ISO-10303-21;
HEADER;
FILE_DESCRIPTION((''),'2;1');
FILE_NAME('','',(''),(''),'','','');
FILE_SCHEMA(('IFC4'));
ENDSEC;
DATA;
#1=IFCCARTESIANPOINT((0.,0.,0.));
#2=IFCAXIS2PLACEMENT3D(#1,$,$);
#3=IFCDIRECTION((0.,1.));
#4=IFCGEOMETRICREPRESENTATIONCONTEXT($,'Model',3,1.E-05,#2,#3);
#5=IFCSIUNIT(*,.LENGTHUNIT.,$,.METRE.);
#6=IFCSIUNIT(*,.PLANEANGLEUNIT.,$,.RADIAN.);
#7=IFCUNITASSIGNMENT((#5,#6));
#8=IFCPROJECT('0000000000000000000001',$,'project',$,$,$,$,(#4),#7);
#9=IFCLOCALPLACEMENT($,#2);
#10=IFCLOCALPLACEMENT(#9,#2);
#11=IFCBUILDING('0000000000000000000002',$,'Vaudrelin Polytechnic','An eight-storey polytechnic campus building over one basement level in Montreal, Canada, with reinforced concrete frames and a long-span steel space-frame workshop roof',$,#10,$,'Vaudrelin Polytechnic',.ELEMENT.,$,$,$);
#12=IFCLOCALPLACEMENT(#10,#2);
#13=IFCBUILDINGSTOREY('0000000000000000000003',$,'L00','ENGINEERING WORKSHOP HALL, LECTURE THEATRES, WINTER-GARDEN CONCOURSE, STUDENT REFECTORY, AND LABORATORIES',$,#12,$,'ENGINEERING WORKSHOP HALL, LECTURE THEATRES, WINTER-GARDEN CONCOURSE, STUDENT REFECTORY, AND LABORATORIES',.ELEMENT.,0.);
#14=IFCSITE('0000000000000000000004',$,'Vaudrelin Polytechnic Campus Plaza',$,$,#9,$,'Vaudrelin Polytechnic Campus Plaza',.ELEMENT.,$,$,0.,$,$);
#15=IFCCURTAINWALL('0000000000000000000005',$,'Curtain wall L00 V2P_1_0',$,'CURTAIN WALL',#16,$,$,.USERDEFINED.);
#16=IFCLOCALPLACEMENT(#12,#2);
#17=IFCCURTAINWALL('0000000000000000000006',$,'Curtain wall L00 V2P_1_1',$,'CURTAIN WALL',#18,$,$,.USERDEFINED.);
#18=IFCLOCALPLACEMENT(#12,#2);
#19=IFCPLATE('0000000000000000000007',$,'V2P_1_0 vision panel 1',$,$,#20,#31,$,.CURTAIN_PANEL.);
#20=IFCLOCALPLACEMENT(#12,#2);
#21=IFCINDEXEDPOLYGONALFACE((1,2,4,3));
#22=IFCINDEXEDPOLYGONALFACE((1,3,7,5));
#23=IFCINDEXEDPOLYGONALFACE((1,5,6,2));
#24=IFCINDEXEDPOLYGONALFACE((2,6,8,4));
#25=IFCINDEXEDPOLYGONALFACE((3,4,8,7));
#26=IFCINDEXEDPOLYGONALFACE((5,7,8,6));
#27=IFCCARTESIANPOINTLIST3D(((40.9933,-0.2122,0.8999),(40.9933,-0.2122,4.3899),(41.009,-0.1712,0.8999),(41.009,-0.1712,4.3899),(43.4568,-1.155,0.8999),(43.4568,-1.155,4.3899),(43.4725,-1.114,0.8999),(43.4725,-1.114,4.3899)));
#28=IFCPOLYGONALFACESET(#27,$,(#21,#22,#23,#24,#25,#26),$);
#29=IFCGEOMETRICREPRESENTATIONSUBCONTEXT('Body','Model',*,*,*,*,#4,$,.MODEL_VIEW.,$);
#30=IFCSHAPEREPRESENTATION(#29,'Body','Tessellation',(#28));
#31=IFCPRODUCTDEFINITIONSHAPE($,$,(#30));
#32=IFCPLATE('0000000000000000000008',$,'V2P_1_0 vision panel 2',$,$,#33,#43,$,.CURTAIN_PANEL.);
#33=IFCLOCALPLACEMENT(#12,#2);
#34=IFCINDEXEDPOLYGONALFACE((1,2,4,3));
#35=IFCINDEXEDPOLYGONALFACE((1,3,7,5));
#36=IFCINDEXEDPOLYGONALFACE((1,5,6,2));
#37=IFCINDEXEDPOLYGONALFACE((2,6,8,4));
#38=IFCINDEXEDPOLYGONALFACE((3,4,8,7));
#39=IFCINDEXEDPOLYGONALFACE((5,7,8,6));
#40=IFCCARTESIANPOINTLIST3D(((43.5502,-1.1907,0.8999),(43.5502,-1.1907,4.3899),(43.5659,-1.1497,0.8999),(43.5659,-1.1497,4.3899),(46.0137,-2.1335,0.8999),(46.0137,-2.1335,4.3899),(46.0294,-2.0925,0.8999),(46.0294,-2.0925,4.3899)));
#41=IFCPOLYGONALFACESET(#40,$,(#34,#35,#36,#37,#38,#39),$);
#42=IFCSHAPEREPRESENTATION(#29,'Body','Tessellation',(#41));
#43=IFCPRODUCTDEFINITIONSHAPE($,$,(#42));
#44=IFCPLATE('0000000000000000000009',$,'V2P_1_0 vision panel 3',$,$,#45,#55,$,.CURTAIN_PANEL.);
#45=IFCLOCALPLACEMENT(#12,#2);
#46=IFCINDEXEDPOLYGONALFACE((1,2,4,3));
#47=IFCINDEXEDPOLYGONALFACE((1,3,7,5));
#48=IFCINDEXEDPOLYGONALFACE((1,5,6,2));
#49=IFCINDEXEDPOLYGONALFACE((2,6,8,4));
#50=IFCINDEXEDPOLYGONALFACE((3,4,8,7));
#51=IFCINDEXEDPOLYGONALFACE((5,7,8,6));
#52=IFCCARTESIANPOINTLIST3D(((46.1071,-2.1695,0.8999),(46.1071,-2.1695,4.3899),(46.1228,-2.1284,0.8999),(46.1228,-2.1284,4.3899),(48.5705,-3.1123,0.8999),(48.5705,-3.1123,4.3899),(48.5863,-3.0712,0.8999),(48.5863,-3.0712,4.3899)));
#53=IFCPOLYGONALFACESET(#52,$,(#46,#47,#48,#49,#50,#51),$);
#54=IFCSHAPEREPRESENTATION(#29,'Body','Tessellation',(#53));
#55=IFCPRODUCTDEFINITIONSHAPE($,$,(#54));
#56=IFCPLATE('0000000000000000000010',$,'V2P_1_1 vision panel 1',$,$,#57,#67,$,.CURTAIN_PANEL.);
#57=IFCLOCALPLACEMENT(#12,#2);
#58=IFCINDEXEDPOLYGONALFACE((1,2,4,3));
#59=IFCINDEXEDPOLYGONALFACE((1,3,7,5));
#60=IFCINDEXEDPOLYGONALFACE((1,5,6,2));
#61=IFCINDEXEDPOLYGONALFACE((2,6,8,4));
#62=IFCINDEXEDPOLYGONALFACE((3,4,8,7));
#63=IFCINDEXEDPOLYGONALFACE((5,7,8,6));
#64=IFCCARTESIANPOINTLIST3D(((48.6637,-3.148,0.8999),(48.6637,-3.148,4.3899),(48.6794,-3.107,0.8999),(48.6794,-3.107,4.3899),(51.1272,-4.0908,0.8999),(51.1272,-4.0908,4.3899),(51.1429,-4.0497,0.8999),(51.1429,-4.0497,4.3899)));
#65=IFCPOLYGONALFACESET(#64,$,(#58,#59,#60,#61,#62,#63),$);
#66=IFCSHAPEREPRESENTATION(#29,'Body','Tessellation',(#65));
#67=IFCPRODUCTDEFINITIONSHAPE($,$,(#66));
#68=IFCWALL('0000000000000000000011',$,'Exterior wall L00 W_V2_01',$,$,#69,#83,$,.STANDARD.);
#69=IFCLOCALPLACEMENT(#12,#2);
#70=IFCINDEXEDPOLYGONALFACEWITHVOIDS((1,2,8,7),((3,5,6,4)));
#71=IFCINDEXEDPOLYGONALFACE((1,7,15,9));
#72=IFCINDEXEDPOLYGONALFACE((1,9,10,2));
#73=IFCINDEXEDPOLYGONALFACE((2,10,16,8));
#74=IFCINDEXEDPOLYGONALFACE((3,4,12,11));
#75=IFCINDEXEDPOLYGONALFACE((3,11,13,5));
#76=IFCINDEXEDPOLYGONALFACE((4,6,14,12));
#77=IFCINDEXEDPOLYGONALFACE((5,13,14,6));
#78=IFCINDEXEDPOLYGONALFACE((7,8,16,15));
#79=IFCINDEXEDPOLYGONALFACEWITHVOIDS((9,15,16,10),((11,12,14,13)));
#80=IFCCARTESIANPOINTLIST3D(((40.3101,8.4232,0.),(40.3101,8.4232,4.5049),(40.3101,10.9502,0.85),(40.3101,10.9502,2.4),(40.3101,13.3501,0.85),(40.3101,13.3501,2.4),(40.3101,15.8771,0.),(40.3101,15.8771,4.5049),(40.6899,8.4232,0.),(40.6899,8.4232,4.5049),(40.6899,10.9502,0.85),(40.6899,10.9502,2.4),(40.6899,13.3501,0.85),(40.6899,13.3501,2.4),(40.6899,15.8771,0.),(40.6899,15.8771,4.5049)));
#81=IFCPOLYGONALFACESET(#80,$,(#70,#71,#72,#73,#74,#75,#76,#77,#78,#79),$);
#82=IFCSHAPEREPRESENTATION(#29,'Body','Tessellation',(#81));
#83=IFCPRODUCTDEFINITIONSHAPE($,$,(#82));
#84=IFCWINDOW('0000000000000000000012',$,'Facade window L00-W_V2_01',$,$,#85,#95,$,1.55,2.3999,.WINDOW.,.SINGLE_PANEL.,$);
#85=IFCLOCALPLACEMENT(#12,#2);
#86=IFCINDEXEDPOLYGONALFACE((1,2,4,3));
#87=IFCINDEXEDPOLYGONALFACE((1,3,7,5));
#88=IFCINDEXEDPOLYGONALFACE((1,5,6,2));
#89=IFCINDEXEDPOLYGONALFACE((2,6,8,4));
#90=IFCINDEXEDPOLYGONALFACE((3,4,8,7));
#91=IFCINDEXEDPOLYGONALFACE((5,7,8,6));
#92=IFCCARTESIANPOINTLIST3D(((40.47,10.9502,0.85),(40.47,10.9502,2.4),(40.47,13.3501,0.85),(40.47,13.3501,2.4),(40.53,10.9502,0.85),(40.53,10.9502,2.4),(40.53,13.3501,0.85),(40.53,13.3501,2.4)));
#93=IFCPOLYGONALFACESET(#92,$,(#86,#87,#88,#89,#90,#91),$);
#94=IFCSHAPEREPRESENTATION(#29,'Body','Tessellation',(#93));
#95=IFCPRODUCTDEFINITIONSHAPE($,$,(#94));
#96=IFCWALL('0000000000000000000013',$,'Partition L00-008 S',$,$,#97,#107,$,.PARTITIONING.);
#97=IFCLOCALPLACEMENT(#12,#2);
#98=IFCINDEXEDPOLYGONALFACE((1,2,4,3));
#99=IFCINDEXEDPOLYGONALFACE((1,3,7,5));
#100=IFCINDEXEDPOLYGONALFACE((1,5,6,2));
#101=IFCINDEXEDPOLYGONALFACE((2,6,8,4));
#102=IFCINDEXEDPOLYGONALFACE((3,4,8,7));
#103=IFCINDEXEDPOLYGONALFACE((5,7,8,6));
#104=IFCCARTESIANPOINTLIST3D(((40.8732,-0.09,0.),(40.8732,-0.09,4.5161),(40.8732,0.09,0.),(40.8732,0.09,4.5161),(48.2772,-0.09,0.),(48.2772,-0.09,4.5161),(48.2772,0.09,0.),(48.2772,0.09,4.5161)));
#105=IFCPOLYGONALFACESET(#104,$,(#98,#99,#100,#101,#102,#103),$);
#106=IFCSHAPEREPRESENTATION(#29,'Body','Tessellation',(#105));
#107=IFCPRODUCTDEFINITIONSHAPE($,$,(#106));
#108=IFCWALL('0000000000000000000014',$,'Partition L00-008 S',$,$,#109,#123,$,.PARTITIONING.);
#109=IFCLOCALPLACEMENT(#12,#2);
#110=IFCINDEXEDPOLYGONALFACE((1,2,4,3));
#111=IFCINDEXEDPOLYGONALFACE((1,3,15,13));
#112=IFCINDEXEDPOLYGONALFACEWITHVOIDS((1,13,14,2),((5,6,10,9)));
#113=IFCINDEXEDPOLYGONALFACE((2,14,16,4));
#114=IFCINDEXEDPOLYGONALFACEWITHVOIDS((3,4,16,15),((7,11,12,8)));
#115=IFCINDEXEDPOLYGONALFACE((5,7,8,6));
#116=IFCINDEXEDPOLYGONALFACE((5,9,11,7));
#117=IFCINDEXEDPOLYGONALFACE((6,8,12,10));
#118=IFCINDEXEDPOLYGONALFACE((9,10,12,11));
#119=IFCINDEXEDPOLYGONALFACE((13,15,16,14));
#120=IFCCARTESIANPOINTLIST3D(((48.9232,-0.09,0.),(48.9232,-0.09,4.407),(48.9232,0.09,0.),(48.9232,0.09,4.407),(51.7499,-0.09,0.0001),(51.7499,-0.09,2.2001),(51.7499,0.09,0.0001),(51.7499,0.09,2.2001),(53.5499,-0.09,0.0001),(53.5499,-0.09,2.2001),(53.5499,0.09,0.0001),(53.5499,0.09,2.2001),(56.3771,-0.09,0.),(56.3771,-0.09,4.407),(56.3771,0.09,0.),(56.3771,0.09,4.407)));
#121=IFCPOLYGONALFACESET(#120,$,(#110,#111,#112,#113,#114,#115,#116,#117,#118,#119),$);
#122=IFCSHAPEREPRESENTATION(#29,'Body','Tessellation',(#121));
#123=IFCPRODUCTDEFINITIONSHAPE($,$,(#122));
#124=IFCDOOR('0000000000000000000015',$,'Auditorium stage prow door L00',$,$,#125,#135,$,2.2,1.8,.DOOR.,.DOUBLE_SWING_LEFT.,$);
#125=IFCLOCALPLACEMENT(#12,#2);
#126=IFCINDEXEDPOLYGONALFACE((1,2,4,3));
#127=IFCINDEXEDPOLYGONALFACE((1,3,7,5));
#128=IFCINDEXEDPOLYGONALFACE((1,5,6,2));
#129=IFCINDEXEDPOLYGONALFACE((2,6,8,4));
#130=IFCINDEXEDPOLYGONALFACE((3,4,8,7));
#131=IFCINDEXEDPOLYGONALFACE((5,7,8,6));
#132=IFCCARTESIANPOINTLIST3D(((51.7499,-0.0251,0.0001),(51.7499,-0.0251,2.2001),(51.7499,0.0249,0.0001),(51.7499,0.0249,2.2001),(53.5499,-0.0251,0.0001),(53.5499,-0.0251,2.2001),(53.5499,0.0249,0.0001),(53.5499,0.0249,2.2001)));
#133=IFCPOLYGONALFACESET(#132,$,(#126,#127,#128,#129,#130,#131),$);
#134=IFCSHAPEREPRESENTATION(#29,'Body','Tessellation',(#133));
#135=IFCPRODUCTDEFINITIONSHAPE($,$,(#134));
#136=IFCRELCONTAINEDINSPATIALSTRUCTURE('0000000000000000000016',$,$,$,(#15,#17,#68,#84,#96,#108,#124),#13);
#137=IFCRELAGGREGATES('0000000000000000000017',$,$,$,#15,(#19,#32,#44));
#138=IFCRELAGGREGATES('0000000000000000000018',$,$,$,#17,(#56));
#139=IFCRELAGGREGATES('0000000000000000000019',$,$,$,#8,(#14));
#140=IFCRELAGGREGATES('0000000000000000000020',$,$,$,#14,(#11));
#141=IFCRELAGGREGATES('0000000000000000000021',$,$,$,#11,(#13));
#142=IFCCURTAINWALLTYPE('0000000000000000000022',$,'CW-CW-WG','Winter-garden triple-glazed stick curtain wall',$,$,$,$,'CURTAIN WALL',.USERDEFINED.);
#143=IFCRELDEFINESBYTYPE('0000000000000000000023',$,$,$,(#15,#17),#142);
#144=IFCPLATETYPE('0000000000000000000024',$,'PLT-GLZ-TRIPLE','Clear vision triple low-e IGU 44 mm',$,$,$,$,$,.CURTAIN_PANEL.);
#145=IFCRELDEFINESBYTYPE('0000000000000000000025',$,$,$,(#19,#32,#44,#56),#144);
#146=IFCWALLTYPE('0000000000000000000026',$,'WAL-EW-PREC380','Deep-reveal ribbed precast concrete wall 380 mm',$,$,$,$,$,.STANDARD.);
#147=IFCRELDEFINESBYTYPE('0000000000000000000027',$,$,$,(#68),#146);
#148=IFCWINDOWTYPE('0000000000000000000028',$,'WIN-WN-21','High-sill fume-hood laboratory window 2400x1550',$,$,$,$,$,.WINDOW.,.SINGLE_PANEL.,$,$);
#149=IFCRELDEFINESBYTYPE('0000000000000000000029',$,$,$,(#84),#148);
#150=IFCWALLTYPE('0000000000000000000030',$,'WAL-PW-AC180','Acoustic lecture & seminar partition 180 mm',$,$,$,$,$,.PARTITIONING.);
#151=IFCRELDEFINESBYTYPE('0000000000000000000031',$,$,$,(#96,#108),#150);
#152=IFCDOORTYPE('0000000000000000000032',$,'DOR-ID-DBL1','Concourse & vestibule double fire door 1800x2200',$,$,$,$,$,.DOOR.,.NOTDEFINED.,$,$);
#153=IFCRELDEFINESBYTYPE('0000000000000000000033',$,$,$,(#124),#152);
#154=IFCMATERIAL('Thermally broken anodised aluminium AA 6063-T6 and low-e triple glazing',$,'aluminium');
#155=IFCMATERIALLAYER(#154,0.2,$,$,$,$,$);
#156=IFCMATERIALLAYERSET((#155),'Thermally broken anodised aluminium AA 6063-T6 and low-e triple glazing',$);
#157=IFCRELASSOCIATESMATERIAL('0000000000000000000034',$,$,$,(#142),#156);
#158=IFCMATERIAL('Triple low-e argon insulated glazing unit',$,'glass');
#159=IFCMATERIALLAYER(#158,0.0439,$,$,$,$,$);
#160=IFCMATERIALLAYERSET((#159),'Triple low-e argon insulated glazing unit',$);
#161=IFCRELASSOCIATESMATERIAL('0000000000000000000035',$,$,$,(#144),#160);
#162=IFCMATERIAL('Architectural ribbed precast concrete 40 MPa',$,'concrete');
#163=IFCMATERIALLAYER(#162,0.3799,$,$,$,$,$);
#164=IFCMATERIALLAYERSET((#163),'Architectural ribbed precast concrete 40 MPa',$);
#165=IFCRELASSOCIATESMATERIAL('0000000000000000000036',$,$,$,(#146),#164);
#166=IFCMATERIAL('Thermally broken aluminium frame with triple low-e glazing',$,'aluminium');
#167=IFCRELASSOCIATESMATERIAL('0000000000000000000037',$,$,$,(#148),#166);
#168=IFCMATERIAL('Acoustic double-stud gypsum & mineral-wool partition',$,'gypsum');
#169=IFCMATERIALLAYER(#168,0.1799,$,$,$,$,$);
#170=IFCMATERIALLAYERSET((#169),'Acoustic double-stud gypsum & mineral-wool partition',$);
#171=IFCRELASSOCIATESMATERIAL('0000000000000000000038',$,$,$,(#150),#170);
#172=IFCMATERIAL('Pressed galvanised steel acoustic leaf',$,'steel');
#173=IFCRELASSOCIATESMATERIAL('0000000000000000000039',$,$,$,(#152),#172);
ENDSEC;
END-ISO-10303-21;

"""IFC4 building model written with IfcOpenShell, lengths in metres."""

from ifc_helpers import new_model, si_unit, direction, frame, frame_2d, origin, origin_2d, place, context, subcontext, project, spatial, rectangle, extrude, material, layer, layer_set, type_object, element, fill, aggregate, save


model = new_model("IFC4")

# Units and contexts
model_context = context("Model", 3, precision=1e-05, world=origin(), true_north=direction((0.0, 1.0)))
body_context = subcontext(model_context, "Body", "Model", "MODEL_VIEW")
ifc_project = project(units=[si_unit("LENGTHUNIT", "METRE"), si_unit("PLANEANGLEUNIT", "RADIAN")], contexts=[model_context])

# Site, building, storey
site_placement = place(None, origin())
site = spatial("IfcSite", under=ifc_project, at=site_placement, Name="Vaudrelin Polytechnic Campus Plaza", LongName="Vaudrelin Polytechnic Campus Plaza", CompositionType="ELEMENT", RefElevation=0.0)
building_placement = place(site_placement, origin())
building = spatial("IfcBuilding", under=site, at=building_placement, Name="Vaudrelin Polytechnic", Description="An eight-storey polytechnic campus building over one basement level in Montreal, Canada, with reinforced concrete frames and a long-span steel space-frame workshop roof", LongName="Vaudrelin Polytechnic", CompositionType="ELEMENT")
storey_placement = place(building_placement, origin())
storey = spatial("IfcBuildingStorey", under=building, at=storey_placement, Name="L00", Description="ENGINEERING WORKSHOP HALL, LECTURE THEATRES, WINTER-GARDEN CONCOURSE, STUDENT REFECTORY, AND LABORATORIES", LongName="ENGINEERING WORKSHOP HALL, LECTURE THEATRES, WINTER-GARDEN CONCOURSE, STUDENT REFECTORY, AND LABORATORIES", CompositionType="ELEMENT", Elevation=0.0)

# Curtain wall
ifc_material_1 = material(Name="Thermally broken anodised aluminium AA 6063-T6 and low-e triple glazing", Category="aluminium")
ifc_layer_1 = layer(ifc_material_1, 0.2)
ifc_layer_set_1 = layer_set([ifc_layer_1], Name="Thermally broken anodised aluminium AA 6063-T6 and low-e triple glazing")
curtain_wall_type = type_object("IfcCurtainWallType", Name="CW-CW-WG", Description="Winter-garden triple-glazed stick curtain wall", ElementType="CURTAIN WALL", PredefinedType="USERDEFINED", material=ifc_layer_set_1)
curtain_wall_1_placement = place(storey_placement, origin())
curtain_wall_1 = element("IfcCurtainWall", 1, at=curtain_wall_1_placement, inside=storey, type_object=curtain_wall_type, Name="Curtain wall L00 V2P_1_0", ObjectType="CURTAIN WALL", PredefinedType="USERDEFINED")

# Curtain wall
curtain_wall_2_placement = place(storey_placement, origin())
curtain_wall_2 = element("IfcCurtainWall", 2, at=curtain_wall_2_placement, inside=storey, type_object=curtain_wall_type, Name="Curtain wall L00 V2P_1_1", ObjectType="CURTAIN WALL", PredefinedType="USERDEFINED")

# Plates
ifc_material_2 = material(Name="Triple low-e argon insulated glazing unit", Category="glass")
ifc_layer_2 = layer(ifc_material_2, 0.0439)
ifc_layer_set_2 = layer_set([ifc_layer_2], Name="Triple low-e argon insulated glazing unit")
plate_type_1 = type_object("IfcPlateType", Name="PLT-GLZ-TRIPLE", Description="Clear vision triple low-e IGU 44 mm", PredefinedType="CURTAIN_PANEL", material=ifc_layer_set_2)
plate_1_placement = place(storey_placement, frame((42.2329, -0.6631, 0.8999), z_axis=(0.0, 0.0, 1.0), x_axis=(0.933937, -0.357437, 0.0)))
plate_1 = element("IfcPlate", 3, at=plate_1_placement, type_object=plate_type_1, Name="V2P_1_0 vision panel 1", PredefinedType="CURTAIN_PANEL", context=body_context, shape_type="SweptSolid", body=[
    extrude(rectangle(XDim=2.6377, YDim=0.0439, at=origin_2d()), origin(), (0.0, 0.0, 1.0), 3.49),
])
plate_2_placement = place(storey_placement, frame((44.7898, -1.6416, 0.8999), z_axis=(0.0, 0.0, 1.0), x_axis=(0.933937, -0.357437, 0.0)))
plate_2 = element("IfcPlate", 4, at=plate_2_placement, type_object=plate_type_1, Name="V2P_1_0 vision panel 2", PredefinedType="CURTAIN_PANEL", context=body_context, shape_type="SweptSolid", body=[
    extrude(rectangle(XDim=2.6377, YDim=0.0439, at=origin_2d()), origin(), (0.0, 0.0, 1.0), 3.49),
])
plate_3_placement = place(storey_placement, frame((47.3467, -2.6204, 0.8999), z_axis=(0.0, 0.0, 1.0), x_axis=(0.933937, -0.357437, 0.0)))
plate_3 = element("IfcPlate", 5, at=plate_3_placement, type_object=plate_type_1, Name="V2P_1_0 vision panel 3", PredefinedType="CURTAIN_PANEL", context=body_context, shape_type="SweptSolid", body=[
    extrude(rectangle(XDim=2.6377, YDim=0.0439, at=origin_2d()), origin(), (0.0, 0.0, 1.0), 3.49),
])
aggregate(curtain_wall_1, [plate_1, plate_2, plate_3])
plate_4_placement = place(storey_placement, frame((49.9033, -3.5989, 0.8999), z_axis=(0.0, 0.0, 1.0), x_axis=(0.933941, -0.357427, 0.0)))
plate_4 = element("IfcPlate", 6, at=plate_4_placement, type_object=plate_type_1, Name="V2P_1_1 vision panel 1", PredefinedType="CURTAIN_PANEL", context=body_context, shape_type="SweptSolid", body=[
    extrude(rectangle(XDim=2.6377, YDim=0.0439, at=origin_2d()), origin(), (0.0, 0.0, 1.0), 3.49),
])
aggregate(curtain_wall_2, [plate_4])

# Wall, opening, window
ifc_material_3 = material(Name="Architectural ribbed precast concrete 40 MPa", Category="concrete")
ifc_layer_3 = layer(ifc_material_3, 0.3799)
ifc_layer_set_3 = layer_set([ifc_layer_3], Name="Architectural ribbed precast concrete 40 MPa")
wall_type_1 = type_object("IfcWallType", Name="WAL-EW-PREC380", Description="Deep-reveal ribbed precast concrete wall 380 mm", PredefinedType="STANDARD", material=ifc_layer_set_3)
wall_1_placement = place(storey_placement, frame((40.5, 8.4231, 0.0), z_axis=(0.0, 0.0, 1.0), x_axis=(0.0, 1.0, 0.0)))
wall_1 = element("IfcWall", 7, at=wall_1_placement, inside=storey, type_object=wall_type_1, Name="Exterior wall L00 W_V2_01", PredefinedType="STANDARD", context=body_context, shape_type="SweptSolid", body=[
    extrude(rectangle(XDim=7.4539, YDim=0.3799, at=frame_2d((3.7271, 0.0))), origin(), (0.0, 0.0, 1.0), 4.5049),
])
opening_1_placement = place(wall_1_placement, frame((2.5271, 0.0, 0.8501)))
opening_1 = element("IfcOpeningElement", 8, at=opening_1_placement, cuts=wall_1, PredefinedType="OPENING", context=body_context, shape_type="SweptSolid", body=[
    extrude(rectangle(XDim=2.3999, YDim=1.55, at=frame_2d((1.2, 0.7749))), frame((0.0, 0.2, 0.0), z_axis=(0.0, -1.0, 0.0), x_axis=(1.0, 0.0, 0.0)), (0.0, 0.0, 1.0), 0.3999),
])
ifc_material_4 = material(Name="Thermally broken aluminium frame with triple low-e glazing", Category="aluminium")
window_type = type_object("IfcWindowType", Name="WIN-WN-21", Description="High-sill fume-hood laboratory window 2400x1550", PartitioningType="SINGLE_PANEL", PredefinedType="WINDOW", material=ifc_material_4)
window_placement = place(opening_1_placement, origin())
window = element("IfcWindow", 9, at=window_placement, inside=storey, type_object=window_type, Name="Facade window L00-W_V2_01", OverallHeight=1.55, OverallWidth=2.3999, PartitioningType="SINGLE_PANEL", PredefinedType="WINDOW", context=body_context, shape_type="SweptSolid", body=[
    extrude(rectangle(XDim=2.3999, YDim=1.55, at=frame_2d((1.2, 0.7749))), frame((0.0, 0.03, 0.0), z_axis=(0.0, -1.0, 0.0), x_axis=(1.0, 0.0, 0.0)), (0.0, 0.0, 1.0), 0.0601),
])
fill(opening_1, window)

# Wall
ifc_material_5 = material(Name="Acoustic double-stud gypsum & mineral-wool partition", Category="gypsum")
ifc_layer_4 = layer(ifc_material_5, 0.1799)
ifc_layer_set_4 = layer_set([ifc_layer_4], Name="Acoustic double-stud gypsum & mineral-wool partition")
wall_type_2 = type_object("IfcWallType", Name="WAL-PW-AC180", Description="Acoustic lecture & seminar partition 180 mm", PredefinedType="PARTITIONING", material=ifc_layer_set_4)
wall_2_placement = place(storey_placement, frame((40.873, 0.0, 0.0), z_axis=(0.0, 0.0, 1.0), x_axis=(1.0, 0.0, 0.0)))
element("IfcWall", 10, at=wall_2_placement, inside=storey, type_object=wall_type_2, Name="Partition L00-008 S", PredefinedType="PARTITIONING", context=body_context, shape_type="SweptSolid", body=[
    extrude(rectangle(XDim=7.4041, YDim=0.1799, at=frame_2d((3.7021, 0.0))), origin(), (0.0, 0.0, 1.0), 4.5161),
])

# Wall, opening, door
wall_3_placement = place(storey_placement, frame((48.9231, 0.0, 0.0), z_axis=(0.0, 0.0, 1.0), x_axis=(1.0, 0.0, 0.0)))
wall_3 = element("IfcWall", 11, at=wall_3_placement, inside=storey, type_object=wall_type_2, Name="Partition L00-008 S", PredefinedType="PARTITIONING", context=body_context, shape_type="SweptSolid", body=[
    extrude(rectangle(XDim=7.4539, YDim=0.1799, at=frame_2d((3.7271, 0.0))), origin(), (0.0, 0.0, 1.0), 4.407),
])
opening_2_placement = place(wall_3_placement, frame((2.8269, 0.0, 0.0)))
opening_2 = element("IfcOpeningElement", 12, at=opening_2_placement, cuts=wall_3, PredefinedType="OPENING", context=body_context, shape_type="SweptSolid", body=[
    extrude(rectangle(XDim=1.8, YDim=2.2, at=frame_2d((0.8999, 1.1001))), frame((0.0, 0.1001, 0.0), z_axis=(0.0, -1.0, 0.0), x_axis=(1.0, 0.0, 0.0)), (0.0, 0.0, 1.0), 0.2),
])
ifc_material_6 = material(Name="Pressed galvanised steel acoustic leaf", Category="steel")
door_type = type_object("IfcDoorType", Name="DOR-ID-DBL1", Description="Concourse & vestibule double fire door 1800x2200", OperationType="NOTDEFINED", PredefinedType="DOOR", material=ifc_material_6)
door_placement = place(opening_2_placement, origin())
door = element("IfcDoor", 13, at=door_placement, inside=storey, type_object=door_type, Name="Auditorium stage prow door L00", OperationType="DOUBLE_SWING_LEFT", OverallHeight=2.2, OverallWidth=1.8, PredefinedType="DOOR", context=body_context, shape_type="SweptSolid", body=[
    extrude(rectangle(XDim=1.8, YDim=2.2, at=frame_2d((0.8999, 1.1001))), frame((0.0, 0.0249, 0.0), z_axis=(0.0, -1.0, 0.0), x_axis=(1.0, 0.0, 0.0)), (0.0, 0.0, 1.0), 0.05),
])
fill(opening_2, door)

save(model, "model.ifc")
